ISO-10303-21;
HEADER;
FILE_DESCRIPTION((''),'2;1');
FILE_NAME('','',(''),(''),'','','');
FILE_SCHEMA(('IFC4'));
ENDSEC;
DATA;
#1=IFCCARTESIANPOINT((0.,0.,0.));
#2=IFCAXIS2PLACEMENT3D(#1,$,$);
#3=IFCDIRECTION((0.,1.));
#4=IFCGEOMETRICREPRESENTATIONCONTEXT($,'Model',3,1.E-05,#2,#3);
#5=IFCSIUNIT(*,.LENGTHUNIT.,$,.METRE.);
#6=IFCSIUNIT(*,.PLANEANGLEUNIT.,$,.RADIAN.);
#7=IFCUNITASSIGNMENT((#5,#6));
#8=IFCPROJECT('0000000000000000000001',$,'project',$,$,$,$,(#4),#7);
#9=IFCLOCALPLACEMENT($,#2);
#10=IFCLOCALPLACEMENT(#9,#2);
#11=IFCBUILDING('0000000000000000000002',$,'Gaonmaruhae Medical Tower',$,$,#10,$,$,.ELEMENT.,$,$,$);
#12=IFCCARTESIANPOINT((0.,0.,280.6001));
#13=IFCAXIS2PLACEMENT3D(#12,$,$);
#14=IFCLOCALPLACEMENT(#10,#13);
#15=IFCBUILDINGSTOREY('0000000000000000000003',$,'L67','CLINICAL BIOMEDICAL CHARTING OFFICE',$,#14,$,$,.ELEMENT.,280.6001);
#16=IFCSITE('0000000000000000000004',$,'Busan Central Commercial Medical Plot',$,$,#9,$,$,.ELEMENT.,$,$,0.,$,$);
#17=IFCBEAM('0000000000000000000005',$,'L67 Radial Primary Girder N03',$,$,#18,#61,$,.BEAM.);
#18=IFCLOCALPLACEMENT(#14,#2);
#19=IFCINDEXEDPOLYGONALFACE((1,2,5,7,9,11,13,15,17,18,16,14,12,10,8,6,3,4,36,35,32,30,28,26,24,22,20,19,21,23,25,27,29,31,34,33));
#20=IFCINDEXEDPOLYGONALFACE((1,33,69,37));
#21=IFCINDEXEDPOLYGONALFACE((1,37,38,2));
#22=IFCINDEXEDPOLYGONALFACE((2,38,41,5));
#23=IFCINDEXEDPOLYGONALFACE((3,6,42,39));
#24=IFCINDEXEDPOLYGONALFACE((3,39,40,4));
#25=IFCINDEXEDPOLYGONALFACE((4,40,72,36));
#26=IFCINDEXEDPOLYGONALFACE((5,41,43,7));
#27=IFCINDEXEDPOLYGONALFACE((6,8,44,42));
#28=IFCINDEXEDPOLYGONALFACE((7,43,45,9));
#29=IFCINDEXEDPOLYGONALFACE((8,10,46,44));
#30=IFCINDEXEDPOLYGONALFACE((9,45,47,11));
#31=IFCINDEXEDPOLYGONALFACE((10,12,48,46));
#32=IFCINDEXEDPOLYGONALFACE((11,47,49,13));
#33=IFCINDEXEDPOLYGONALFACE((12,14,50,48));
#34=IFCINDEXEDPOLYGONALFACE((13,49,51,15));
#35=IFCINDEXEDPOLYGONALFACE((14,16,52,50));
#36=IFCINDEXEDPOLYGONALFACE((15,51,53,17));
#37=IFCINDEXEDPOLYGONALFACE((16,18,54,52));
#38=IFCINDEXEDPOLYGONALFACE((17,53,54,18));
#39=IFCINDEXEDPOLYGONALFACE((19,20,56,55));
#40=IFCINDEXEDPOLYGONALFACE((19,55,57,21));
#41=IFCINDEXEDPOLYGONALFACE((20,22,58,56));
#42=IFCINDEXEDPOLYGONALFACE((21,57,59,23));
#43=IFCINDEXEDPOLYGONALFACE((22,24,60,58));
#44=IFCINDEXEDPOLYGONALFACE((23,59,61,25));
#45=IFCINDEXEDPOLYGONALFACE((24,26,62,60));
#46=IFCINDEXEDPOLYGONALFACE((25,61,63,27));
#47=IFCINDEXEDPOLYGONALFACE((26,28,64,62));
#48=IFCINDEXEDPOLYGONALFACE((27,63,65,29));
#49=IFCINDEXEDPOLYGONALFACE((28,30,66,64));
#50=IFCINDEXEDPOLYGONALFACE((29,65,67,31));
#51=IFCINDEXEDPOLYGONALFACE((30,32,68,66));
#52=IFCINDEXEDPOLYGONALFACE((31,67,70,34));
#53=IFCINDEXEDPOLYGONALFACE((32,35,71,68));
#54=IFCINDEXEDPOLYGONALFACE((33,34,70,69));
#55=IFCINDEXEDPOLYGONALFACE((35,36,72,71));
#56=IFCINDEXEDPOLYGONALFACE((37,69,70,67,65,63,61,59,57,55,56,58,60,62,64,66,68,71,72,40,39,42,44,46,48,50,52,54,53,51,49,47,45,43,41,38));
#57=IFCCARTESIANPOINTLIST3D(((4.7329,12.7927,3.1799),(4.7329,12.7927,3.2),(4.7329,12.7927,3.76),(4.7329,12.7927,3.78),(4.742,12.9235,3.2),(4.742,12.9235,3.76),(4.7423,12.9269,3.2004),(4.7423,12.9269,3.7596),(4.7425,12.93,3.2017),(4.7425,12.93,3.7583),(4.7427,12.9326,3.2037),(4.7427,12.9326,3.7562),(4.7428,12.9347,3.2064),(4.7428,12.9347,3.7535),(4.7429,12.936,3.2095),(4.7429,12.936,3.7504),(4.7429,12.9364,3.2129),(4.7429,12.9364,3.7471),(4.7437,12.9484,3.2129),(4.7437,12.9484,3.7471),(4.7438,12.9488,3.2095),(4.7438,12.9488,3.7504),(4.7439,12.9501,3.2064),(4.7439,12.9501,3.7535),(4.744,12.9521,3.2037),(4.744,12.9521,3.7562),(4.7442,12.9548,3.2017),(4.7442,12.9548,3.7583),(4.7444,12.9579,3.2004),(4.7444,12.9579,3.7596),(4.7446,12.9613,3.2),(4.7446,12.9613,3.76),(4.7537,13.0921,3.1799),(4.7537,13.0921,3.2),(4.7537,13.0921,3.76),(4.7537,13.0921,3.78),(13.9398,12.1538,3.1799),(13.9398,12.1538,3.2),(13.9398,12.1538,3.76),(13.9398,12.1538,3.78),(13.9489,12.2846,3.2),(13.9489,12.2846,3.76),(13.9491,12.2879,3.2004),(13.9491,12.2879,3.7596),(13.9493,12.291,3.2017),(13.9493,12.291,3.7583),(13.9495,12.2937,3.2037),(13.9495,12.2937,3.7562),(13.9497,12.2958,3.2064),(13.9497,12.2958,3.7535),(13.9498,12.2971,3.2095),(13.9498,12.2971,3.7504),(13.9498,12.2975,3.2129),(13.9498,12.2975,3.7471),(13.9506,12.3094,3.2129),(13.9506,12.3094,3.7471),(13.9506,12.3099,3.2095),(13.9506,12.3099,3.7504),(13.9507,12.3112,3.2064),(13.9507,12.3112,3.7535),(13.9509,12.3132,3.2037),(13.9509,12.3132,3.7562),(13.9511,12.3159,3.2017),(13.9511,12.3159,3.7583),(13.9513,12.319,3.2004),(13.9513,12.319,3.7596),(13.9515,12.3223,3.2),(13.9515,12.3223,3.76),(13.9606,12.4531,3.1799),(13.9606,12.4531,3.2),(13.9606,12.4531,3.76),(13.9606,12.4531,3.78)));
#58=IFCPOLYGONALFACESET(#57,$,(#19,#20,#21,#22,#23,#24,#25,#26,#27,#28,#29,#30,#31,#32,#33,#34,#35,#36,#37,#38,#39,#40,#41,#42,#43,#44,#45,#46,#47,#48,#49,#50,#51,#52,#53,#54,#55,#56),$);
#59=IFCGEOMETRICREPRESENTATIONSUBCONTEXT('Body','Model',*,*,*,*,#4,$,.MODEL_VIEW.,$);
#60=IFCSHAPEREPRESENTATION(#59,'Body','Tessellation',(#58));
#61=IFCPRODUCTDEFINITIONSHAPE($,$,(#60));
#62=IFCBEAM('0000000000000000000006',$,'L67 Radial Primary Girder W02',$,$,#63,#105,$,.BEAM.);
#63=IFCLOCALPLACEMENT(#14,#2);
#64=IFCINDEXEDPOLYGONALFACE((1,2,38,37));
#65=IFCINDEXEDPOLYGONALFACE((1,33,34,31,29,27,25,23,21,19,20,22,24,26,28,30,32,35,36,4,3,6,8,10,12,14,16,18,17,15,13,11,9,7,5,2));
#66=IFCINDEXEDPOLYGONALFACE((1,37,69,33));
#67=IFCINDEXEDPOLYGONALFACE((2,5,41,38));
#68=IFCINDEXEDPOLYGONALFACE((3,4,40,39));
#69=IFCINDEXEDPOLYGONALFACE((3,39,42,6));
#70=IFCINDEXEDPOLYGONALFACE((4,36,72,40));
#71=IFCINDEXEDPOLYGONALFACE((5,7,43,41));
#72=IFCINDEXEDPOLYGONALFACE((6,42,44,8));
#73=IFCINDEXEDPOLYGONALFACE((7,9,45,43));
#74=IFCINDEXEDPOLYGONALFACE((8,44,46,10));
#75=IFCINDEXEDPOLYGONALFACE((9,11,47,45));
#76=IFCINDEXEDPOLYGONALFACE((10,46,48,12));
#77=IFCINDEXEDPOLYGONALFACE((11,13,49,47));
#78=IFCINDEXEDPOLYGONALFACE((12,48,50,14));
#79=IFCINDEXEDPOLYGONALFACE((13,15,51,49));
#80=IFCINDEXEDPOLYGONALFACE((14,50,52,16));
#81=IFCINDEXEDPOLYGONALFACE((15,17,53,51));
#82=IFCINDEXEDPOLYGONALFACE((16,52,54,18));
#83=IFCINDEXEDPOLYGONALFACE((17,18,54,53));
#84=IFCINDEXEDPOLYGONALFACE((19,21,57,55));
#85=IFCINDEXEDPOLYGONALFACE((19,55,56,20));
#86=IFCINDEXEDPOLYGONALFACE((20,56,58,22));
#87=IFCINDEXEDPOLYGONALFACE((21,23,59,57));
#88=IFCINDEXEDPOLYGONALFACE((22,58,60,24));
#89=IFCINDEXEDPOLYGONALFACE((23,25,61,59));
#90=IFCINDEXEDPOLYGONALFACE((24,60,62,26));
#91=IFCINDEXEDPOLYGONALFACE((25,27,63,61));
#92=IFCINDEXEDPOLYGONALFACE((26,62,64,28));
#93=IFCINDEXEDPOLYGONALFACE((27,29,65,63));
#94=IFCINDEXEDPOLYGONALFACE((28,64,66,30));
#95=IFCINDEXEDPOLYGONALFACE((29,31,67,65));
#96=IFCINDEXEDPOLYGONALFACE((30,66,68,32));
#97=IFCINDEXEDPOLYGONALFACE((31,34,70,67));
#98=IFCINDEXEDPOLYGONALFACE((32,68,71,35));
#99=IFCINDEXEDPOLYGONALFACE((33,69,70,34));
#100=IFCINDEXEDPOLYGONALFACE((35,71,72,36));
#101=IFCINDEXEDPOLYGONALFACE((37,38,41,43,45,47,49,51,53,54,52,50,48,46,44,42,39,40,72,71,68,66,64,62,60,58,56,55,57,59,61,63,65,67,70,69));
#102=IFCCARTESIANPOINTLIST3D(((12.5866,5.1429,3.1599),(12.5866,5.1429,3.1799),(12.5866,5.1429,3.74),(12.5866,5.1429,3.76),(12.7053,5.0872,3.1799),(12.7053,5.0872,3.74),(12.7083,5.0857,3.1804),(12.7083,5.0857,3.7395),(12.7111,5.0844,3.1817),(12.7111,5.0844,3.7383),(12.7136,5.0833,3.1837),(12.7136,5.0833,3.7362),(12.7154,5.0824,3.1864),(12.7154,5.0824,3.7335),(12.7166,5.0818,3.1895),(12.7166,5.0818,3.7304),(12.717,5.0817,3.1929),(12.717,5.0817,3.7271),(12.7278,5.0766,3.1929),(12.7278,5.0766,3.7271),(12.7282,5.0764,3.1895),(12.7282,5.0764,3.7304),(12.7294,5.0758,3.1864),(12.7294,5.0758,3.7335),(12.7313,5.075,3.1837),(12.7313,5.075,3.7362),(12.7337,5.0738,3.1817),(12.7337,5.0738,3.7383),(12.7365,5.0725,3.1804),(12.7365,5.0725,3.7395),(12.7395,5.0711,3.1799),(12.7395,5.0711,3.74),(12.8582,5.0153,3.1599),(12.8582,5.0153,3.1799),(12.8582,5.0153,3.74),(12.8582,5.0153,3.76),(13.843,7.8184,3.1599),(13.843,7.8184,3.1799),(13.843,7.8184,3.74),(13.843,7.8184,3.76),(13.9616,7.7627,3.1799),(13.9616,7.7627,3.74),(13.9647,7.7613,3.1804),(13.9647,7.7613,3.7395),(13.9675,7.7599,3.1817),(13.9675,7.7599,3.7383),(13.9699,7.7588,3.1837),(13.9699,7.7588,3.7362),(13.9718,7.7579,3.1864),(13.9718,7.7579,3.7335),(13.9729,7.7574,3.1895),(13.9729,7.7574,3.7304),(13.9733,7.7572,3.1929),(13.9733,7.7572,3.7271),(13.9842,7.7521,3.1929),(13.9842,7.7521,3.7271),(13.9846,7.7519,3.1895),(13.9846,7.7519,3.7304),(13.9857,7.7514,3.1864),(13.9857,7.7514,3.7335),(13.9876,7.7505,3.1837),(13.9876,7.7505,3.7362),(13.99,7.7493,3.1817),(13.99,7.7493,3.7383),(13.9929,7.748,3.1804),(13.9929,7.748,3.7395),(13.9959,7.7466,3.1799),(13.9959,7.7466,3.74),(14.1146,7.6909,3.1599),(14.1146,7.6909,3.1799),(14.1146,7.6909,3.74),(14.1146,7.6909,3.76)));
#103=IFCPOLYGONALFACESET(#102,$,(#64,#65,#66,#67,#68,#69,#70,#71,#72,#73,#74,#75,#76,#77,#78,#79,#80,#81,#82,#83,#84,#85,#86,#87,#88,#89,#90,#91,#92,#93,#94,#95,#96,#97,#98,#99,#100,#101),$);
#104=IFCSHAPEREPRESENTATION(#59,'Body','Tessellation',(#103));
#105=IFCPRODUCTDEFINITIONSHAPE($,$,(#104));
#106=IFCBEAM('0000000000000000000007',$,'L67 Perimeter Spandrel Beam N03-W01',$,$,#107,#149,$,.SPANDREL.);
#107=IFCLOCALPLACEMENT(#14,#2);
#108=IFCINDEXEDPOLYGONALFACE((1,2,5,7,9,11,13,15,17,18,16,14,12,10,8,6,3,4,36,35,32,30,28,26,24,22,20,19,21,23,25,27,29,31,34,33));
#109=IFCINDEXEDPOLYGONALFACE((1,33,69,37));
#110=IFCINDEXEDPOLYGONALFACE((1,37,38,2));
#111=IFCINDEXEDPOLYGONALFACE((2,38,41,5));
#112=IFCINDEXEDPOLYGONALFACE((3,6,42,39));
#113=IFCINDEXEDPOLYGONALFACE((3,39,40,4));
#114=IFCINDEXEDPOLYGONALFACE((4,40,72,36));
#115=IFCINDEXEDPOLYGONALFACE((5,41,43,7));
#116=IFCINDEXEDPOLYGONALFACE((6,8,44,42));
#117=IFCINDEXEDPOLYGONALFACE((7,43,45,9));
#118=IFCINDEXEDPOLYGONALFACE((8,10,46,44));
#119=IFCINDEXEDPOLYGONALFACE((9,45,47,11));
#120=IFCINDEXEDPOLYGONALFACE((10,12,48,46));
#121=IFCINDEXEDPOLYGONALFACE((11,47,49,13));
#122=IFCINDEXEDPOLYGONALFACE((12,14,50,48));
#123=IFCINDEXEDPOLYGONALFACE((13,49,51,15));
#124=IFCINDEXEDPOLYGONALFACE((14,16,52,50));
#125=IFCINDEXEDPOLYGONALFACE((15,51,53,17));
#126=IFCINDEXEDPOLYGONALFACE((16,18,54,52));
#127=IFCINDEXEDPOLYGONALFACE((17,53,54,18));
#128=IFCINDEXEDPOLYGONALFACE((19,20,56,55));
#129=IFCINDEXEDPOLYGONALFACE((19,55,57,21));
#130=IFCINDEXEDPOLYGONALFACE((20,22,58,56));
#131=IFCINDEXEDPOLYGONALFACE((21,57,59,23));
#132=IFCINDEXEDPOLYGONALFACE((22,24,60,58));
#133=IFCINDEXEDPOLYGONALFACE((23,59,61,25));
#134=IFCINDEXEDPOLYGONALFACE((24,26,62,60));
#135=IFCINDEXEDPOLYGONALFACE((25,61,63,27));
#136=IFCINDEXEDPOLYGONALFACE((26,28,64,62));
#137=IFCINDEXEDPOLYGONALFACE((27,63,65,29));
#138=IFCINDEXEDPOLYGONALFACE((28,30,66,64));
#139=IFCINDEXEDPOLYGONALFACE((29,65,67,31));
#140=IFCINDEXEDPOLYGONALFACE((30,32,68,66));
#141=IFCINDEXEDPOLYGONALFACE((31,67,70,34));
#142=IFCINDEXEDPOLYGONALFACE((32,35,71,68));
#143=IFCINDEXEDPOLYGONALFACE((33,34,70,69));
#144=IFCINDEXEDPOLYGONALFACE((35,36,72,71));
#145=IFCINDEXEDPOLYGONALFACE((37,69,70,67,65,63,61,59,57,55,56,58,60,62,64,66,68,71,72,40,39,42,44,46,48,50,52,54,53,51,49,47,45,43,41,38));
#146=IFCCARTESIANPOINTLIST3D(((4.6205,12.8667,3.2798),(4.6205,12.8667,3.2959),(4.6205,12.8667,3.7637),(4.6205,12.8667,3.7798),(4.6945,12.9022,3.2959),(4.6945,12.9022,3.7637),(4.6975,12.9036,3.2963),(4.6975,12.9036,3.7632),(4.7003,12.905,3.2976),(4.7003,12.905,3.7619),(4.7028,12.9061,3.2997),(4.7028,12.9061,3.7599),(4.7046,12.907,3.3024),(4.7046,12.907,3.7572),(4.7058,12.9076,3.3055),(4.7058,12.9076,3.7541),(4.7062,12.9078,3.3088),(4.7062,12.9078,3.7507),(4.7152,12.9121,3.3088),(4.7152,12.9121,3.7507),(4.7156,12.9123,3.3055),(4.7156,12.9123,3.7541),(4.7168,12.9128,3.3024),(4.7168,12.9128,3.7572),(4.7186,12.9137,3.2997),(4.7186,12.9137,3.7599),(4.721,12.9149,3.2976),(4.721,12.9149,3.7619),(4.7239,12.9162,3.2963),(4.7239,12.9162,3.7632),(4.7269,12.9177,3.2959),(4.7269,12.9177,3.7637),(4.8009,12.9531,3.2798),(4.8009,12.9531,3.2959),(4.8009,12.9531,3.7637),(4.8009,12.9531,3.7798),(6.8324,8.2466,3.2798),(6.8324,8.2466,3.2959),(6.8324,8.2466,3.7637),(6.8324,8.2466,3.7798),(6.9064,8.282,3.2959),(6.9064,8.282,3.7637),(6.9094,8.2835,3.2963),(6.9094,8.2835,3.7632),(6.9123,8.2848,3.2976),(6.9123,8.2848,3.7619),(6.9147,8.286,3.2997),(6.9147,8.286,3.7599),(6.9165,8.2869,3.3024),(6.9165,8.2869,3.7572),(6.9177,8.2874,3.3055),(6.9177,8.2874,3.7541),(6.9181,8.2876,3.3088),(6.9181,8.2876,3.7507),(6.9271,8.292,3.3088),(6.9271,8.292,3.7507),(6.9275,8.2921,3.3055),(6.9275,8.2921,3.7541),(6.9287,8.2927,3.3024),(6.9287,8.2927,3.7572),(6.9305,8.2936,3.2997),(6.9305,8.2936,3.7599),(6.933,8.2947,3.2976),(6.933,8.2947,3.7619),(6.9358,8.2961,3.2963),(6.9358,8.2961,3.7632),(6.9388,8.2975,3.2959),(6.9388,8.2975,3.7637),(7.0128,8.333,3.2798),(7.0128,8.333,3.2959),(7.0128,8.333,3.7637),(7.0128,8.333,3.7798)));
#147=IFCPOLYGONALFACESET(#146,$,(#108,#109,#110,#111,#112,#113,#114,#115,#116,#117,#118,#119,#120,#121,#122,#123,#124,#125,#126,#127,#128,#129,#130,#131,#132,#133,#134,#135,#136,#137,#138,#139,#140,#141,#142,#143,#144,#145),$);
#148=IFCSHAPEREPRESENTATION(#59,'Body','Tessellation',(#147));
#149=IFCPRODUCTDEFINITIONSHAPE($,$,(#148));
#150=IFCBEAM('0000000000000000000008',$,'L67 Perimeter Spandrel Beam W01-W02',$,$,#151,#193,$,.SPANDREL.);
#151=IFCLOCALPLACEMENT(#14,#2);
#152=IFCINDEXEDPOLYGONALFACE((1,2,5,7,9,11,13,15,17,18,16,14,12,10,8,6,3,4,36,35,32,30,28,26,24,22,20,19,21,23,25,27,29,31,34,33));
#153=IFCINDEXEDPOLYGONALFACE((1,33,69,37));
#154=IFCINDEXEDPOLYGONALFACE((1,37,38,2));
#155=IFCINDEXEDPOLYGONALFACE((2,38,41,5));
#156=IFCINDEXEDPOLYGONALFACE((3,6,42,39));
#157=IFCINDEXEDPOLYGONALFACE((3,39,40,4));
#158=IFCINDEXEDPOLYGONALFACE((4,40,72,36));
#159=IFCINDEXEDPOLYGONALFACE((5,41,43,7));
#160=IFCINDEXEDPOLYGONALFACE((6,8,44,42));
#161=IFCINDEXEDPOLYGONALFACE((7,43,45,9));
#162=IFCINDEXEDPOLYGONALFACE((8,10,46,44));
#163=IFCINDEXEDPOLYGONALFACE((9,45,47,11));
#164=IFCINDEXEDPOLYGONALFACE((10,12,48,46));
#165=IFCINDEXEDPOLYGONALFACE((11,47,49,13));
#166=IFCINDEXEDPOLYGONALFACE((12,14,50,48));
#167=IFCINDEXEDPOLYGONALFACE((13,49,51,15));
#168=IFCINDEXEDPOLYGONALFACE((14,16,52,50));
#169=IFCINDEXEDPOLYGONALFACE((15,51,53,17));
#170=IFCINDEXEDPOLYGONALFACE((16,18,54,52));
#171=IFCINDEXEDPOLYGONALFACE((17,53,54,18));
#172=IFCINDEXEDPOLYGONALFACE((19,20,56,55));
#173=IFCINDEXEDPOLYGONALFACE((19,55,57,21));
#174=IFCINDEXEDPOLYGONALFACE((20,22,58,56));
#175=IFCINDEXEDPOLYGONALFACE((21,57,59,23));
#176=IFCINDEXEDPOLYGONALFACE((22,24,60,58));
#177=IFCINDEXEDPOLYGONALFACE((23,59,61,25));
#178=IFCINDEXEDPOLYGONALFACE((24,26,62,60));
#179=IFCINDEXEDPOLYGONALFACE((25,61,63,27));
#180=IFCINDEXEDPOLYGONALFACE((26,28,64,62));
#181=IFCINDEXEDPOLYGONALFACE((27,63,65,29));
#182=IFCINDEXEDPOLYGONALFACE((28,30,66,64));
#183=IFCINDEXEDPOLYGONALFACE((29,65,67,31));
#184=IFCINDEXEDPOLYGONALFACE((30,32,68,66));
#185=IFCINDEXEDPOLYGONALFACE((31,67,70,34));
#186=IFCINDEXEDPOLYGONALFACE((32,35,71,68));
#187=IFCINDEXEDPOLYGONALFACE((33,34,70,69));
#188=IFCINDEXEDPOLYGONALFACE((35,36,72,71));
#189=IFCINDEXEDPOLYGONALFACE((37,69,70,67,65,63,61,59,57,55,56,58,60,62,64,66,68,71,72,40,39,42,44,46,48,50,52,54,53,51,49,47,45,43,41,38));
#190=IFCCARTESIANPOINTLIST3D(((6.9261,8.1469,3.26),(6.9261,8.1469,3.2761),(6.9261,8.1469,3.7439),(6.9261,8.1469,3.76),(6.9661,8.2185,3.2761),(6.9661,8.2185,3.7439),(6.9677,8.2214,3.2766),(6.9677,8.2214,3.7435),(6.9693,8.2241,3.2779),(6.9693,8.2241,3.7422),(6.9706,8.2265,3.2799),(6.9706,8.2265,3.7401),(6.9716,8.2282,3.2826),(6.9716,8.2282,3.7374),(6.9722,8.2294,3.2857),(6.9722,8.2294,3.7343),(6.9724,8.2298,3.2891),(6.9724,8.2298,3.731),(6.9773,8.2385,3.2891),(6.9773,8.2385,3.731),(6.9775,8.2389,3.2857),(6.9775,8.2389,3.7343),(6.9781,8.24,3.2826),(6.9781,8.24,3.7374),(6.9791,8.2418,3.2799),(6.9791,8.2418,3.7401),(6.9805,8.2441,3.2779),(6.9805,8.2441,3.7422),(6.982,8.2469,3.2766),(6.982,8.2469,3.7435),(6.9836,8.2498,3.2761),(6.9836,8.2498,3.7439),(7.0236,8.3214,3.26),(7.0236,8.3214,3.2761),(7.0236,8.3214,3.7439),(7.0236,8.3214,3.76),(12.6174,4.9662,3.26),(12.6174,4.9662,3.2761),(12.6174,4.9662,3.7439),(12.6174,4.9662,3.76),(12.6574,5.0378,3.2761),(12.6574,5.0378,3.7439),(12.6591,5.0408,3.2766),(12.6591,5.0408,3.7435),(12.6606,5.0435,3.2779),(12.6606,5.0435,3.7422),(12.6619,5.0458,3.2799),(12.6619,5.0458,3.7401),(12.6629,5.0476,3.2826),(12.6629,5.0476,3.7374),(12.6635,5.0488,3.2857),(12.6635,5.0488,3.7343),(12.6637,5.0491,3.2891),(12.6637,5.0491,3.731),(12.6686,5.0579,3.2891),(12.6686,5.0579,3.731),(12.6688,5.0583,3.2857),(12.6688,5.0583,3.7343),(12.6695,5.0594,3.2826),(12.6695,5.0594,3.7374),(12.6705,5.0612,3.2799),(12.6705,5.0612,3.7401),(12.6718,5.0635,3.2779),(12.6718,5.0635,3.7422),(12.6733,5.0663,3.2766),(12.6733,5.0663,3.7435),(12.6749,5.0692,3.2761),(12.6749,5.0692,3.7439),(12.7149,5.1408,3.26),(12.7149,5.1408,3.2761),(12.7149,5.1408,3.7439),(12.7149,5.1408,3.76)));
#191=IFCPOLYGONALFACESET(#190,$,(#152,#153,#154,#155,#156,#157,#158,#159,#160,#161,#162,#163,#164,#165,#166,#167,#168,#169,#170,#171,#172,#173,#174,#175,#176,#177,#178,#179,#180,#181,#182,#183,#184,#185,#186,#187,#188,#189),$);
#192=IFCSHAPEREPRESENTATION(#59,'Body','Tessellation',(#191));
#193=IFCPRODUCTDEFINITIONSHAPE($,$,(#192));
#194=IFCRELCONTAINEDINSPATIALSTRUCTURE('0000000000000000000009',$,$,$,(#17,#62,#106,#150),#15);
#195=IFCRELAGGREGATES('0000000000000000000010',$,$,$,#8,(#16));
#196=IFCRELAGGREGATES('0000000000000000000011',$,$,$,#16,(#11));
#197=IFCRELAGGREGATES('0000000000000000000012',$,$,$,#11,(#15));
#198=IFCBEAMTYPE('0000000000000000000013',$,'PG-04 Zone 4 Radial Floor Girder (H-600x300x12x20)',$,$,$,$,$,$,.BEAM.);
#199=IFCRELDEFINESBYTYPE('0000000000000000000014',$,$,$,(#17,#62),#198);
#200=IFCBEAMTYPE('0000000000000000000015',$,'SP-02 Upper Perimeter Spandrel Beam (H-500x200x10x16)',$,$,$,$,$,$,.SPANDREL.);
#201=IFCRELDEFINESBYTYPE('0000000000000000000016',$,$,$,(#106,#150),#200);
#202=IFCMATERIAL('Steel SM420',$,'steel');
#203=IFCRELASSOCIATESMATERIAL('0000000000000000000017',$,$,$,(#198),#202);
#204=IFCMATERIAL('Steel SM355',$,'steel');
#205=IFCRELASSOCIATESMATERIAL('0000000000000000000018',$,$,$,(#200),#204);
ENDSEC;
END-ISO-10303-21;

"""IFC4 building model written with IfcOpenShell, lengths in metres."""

from ifc_helpers import new_model, si_unit, direction, frame, origin, origin_2d, place, context, subcontext, project, spatial, i_section, extrude, material, material_profile, profile_set, type_object, element, save


model = new_model("IFC4")

# Units and contexts
model_context = context("Model", 3, precision=1e-05, world=origin(), true_north=direction((0.0, 1.0)))
body_context = subcontext(model_context, "Body", "Model", "MODEL_VIEW")
ifc_project = project(units=[si_unit("LENGTHUNIT", "METRE"), si_unit("PLANEANGLEUNIT", "RADIAN")], contexts=[model_context])

# Site, building, storey
site_placement = place(None, origin())
site = spatial("IfcSite", under=ifc_project, at=site_placement, Name="Busan Central Commercial Medical Plot", CompositionType="ELEMENT", RefElevation=0.0)
building_placement = place(site_placement, origin())
building = spatial("IfcBuilding", under=site, at=building_placement, Name="Gaonmaruhae Medical Tower", CompositionType="ELEMENT")
storey_placement = place(building_placement, frame((0.0, 0.0, 280.6001)))
storey = spatial("IfcBuildingStorey", under=building, at=storey_placement, Name="L67", Description="CLINICAL BIOMEDICAL CHARTING OFFICE", CompositionType="ELEMENT", Elevation=280.6001)

# Beams
ifc_material_1 = material(Name="Steel SM355", Category="steel")
ifc_material_2 = material(Name="Steel SM420", Category="steel")
ifc_material_profile_1 = material_profile(ifc_material_2, i_section(OverallWidth=0.3, OverallDepth=0.6001, WebThickness=0.012, FlangeThickness=0.02, FilletRadius=0.0129, at=origin_2d()), Name="H-600x300x12x20")
ifc_profile_set_1 = profile_set([ifc_material_profile_1], Name="Steel SM420")
beam_type_1 = type_object("IfcBeamType", Name="PG-04 Zone 4 Radial Floor Girder (H-600x300x12x20)", PredefinedType="BEAM", material=ifc_profile_set_1)
beam_1_placement = place(storey_placement, frame((13.9502, 12.3035, 3.48), z_axis=(-0.997601, 0.06923, 0.0), x_axis=(-0.06923, -0.997601, 0.0)))
element("IfcBeam", 1, at=beam_1_placement, inside=storey, type_object=beam_type_1, Name="L67 Radial Primary Girder N03", PredefinedType="BEAM", context=body_context, shape_type="SweptSolid", body=[
    extrude(i_section(OverallWidth=0.3, OverallDepth=0.6001, WebThickness=0.012, FlangeThickness=0.02, FilletRadius=0.0129, at=origin_2d()), origin(), (0.0, 0.0, 1.0), 9.229),
])
beam_2_placement = place(storey_placement, frame((13.9788, 7.7546, 3.46), z_axis=(-0.425041, -0.905174, 0.0), x_axis=(0.905174, -0.425041, 0.0)))
element("IfcBeam", 2, at=beam_2_placement, inside=storey, type_object=beam_type_1, Name="L67 Radial Primary Girder W02", PredefinedType="BEAM", context=body_context, shape_type="SweptSolid", body=[
    extrude(i_section(OverallWidth=0.3, OverallDepth=0.6001, WebThickness=0.012, FlangeThickness=0.02, FilletRadius=0.0129, at=origin_2d()), origin(), (0.0, 0.0, 1.0), 2.9558),
])
ifc_material_profile_2 = material_profile(ifc_material_1, i_section(OverallWidth=0.2, OverallDepth=0.5, WebThickness=0.01, FlangeThickness=0.0161, FilletRadius=0.0129, at=origin_2d()), Name="H-500x200x10x16")
ifc_profile_set_2 = profile_set([ifc_material_profile_2], Name="Steel SM355")
beam_type_2 = type_object("IfcBeamType", Name="SP-02 Upper Perimeter Spandrel Beam (H-500x200x10x16)", PredefinedType="SPANDREL", material=ifc_profile_set_2)
beam_3_placement = place(storey_placement, frame((4.7107, 12.9099, 3.5298), z_axis=(0.43182, -0.90196, 0.0), x_axis=(0.90196, 0.43182, 0.0)))
element("IfcBeam", 3, at=beam_3_placement, inside=storey, type_object=beam_type_2, Name="L67 Perimeter Spandrel Beam N03-W01", PredefinedType="SPANDREL", context=body_context, shape_type="SweptSolid", body=[
    extrude(i_section(OverallWidth=0.2, OverallDepth=0.5, WebThickness=0.01, FlangeThickness=0.0161, FilletRadius=0.0129, at=origin_2d()), origin(), (0.0, 0.0, 1.0), 5.1223),
])
beam_4_placement = place(storey_placement, frame((6.9749, 8.2341, 3.51), z_axis=(0.872932, -0.487841, 0.0), x_axis=(0.487841, 0.872932, 0.0)))
element("IfcBeam", 4, at=beam_4_placement, inside=storey, type_object=beam_type_2, Name="L67 Perimeter Spandrel Beam W01-W02", PredefinedType="SPANDREL", context=body_context, shape_type="SweptSolid", body=[
    extrude(i_section(OverallWidth=0.2, OverallDepth=0.5, WebThickness=0.01, FlangeThickness=0.0161, FilletRadius=0.0129, at=origin_2d()), origin(), (0.0, 0.0, 1.0), 6.5198),
])

save(model, "model.ifc")
